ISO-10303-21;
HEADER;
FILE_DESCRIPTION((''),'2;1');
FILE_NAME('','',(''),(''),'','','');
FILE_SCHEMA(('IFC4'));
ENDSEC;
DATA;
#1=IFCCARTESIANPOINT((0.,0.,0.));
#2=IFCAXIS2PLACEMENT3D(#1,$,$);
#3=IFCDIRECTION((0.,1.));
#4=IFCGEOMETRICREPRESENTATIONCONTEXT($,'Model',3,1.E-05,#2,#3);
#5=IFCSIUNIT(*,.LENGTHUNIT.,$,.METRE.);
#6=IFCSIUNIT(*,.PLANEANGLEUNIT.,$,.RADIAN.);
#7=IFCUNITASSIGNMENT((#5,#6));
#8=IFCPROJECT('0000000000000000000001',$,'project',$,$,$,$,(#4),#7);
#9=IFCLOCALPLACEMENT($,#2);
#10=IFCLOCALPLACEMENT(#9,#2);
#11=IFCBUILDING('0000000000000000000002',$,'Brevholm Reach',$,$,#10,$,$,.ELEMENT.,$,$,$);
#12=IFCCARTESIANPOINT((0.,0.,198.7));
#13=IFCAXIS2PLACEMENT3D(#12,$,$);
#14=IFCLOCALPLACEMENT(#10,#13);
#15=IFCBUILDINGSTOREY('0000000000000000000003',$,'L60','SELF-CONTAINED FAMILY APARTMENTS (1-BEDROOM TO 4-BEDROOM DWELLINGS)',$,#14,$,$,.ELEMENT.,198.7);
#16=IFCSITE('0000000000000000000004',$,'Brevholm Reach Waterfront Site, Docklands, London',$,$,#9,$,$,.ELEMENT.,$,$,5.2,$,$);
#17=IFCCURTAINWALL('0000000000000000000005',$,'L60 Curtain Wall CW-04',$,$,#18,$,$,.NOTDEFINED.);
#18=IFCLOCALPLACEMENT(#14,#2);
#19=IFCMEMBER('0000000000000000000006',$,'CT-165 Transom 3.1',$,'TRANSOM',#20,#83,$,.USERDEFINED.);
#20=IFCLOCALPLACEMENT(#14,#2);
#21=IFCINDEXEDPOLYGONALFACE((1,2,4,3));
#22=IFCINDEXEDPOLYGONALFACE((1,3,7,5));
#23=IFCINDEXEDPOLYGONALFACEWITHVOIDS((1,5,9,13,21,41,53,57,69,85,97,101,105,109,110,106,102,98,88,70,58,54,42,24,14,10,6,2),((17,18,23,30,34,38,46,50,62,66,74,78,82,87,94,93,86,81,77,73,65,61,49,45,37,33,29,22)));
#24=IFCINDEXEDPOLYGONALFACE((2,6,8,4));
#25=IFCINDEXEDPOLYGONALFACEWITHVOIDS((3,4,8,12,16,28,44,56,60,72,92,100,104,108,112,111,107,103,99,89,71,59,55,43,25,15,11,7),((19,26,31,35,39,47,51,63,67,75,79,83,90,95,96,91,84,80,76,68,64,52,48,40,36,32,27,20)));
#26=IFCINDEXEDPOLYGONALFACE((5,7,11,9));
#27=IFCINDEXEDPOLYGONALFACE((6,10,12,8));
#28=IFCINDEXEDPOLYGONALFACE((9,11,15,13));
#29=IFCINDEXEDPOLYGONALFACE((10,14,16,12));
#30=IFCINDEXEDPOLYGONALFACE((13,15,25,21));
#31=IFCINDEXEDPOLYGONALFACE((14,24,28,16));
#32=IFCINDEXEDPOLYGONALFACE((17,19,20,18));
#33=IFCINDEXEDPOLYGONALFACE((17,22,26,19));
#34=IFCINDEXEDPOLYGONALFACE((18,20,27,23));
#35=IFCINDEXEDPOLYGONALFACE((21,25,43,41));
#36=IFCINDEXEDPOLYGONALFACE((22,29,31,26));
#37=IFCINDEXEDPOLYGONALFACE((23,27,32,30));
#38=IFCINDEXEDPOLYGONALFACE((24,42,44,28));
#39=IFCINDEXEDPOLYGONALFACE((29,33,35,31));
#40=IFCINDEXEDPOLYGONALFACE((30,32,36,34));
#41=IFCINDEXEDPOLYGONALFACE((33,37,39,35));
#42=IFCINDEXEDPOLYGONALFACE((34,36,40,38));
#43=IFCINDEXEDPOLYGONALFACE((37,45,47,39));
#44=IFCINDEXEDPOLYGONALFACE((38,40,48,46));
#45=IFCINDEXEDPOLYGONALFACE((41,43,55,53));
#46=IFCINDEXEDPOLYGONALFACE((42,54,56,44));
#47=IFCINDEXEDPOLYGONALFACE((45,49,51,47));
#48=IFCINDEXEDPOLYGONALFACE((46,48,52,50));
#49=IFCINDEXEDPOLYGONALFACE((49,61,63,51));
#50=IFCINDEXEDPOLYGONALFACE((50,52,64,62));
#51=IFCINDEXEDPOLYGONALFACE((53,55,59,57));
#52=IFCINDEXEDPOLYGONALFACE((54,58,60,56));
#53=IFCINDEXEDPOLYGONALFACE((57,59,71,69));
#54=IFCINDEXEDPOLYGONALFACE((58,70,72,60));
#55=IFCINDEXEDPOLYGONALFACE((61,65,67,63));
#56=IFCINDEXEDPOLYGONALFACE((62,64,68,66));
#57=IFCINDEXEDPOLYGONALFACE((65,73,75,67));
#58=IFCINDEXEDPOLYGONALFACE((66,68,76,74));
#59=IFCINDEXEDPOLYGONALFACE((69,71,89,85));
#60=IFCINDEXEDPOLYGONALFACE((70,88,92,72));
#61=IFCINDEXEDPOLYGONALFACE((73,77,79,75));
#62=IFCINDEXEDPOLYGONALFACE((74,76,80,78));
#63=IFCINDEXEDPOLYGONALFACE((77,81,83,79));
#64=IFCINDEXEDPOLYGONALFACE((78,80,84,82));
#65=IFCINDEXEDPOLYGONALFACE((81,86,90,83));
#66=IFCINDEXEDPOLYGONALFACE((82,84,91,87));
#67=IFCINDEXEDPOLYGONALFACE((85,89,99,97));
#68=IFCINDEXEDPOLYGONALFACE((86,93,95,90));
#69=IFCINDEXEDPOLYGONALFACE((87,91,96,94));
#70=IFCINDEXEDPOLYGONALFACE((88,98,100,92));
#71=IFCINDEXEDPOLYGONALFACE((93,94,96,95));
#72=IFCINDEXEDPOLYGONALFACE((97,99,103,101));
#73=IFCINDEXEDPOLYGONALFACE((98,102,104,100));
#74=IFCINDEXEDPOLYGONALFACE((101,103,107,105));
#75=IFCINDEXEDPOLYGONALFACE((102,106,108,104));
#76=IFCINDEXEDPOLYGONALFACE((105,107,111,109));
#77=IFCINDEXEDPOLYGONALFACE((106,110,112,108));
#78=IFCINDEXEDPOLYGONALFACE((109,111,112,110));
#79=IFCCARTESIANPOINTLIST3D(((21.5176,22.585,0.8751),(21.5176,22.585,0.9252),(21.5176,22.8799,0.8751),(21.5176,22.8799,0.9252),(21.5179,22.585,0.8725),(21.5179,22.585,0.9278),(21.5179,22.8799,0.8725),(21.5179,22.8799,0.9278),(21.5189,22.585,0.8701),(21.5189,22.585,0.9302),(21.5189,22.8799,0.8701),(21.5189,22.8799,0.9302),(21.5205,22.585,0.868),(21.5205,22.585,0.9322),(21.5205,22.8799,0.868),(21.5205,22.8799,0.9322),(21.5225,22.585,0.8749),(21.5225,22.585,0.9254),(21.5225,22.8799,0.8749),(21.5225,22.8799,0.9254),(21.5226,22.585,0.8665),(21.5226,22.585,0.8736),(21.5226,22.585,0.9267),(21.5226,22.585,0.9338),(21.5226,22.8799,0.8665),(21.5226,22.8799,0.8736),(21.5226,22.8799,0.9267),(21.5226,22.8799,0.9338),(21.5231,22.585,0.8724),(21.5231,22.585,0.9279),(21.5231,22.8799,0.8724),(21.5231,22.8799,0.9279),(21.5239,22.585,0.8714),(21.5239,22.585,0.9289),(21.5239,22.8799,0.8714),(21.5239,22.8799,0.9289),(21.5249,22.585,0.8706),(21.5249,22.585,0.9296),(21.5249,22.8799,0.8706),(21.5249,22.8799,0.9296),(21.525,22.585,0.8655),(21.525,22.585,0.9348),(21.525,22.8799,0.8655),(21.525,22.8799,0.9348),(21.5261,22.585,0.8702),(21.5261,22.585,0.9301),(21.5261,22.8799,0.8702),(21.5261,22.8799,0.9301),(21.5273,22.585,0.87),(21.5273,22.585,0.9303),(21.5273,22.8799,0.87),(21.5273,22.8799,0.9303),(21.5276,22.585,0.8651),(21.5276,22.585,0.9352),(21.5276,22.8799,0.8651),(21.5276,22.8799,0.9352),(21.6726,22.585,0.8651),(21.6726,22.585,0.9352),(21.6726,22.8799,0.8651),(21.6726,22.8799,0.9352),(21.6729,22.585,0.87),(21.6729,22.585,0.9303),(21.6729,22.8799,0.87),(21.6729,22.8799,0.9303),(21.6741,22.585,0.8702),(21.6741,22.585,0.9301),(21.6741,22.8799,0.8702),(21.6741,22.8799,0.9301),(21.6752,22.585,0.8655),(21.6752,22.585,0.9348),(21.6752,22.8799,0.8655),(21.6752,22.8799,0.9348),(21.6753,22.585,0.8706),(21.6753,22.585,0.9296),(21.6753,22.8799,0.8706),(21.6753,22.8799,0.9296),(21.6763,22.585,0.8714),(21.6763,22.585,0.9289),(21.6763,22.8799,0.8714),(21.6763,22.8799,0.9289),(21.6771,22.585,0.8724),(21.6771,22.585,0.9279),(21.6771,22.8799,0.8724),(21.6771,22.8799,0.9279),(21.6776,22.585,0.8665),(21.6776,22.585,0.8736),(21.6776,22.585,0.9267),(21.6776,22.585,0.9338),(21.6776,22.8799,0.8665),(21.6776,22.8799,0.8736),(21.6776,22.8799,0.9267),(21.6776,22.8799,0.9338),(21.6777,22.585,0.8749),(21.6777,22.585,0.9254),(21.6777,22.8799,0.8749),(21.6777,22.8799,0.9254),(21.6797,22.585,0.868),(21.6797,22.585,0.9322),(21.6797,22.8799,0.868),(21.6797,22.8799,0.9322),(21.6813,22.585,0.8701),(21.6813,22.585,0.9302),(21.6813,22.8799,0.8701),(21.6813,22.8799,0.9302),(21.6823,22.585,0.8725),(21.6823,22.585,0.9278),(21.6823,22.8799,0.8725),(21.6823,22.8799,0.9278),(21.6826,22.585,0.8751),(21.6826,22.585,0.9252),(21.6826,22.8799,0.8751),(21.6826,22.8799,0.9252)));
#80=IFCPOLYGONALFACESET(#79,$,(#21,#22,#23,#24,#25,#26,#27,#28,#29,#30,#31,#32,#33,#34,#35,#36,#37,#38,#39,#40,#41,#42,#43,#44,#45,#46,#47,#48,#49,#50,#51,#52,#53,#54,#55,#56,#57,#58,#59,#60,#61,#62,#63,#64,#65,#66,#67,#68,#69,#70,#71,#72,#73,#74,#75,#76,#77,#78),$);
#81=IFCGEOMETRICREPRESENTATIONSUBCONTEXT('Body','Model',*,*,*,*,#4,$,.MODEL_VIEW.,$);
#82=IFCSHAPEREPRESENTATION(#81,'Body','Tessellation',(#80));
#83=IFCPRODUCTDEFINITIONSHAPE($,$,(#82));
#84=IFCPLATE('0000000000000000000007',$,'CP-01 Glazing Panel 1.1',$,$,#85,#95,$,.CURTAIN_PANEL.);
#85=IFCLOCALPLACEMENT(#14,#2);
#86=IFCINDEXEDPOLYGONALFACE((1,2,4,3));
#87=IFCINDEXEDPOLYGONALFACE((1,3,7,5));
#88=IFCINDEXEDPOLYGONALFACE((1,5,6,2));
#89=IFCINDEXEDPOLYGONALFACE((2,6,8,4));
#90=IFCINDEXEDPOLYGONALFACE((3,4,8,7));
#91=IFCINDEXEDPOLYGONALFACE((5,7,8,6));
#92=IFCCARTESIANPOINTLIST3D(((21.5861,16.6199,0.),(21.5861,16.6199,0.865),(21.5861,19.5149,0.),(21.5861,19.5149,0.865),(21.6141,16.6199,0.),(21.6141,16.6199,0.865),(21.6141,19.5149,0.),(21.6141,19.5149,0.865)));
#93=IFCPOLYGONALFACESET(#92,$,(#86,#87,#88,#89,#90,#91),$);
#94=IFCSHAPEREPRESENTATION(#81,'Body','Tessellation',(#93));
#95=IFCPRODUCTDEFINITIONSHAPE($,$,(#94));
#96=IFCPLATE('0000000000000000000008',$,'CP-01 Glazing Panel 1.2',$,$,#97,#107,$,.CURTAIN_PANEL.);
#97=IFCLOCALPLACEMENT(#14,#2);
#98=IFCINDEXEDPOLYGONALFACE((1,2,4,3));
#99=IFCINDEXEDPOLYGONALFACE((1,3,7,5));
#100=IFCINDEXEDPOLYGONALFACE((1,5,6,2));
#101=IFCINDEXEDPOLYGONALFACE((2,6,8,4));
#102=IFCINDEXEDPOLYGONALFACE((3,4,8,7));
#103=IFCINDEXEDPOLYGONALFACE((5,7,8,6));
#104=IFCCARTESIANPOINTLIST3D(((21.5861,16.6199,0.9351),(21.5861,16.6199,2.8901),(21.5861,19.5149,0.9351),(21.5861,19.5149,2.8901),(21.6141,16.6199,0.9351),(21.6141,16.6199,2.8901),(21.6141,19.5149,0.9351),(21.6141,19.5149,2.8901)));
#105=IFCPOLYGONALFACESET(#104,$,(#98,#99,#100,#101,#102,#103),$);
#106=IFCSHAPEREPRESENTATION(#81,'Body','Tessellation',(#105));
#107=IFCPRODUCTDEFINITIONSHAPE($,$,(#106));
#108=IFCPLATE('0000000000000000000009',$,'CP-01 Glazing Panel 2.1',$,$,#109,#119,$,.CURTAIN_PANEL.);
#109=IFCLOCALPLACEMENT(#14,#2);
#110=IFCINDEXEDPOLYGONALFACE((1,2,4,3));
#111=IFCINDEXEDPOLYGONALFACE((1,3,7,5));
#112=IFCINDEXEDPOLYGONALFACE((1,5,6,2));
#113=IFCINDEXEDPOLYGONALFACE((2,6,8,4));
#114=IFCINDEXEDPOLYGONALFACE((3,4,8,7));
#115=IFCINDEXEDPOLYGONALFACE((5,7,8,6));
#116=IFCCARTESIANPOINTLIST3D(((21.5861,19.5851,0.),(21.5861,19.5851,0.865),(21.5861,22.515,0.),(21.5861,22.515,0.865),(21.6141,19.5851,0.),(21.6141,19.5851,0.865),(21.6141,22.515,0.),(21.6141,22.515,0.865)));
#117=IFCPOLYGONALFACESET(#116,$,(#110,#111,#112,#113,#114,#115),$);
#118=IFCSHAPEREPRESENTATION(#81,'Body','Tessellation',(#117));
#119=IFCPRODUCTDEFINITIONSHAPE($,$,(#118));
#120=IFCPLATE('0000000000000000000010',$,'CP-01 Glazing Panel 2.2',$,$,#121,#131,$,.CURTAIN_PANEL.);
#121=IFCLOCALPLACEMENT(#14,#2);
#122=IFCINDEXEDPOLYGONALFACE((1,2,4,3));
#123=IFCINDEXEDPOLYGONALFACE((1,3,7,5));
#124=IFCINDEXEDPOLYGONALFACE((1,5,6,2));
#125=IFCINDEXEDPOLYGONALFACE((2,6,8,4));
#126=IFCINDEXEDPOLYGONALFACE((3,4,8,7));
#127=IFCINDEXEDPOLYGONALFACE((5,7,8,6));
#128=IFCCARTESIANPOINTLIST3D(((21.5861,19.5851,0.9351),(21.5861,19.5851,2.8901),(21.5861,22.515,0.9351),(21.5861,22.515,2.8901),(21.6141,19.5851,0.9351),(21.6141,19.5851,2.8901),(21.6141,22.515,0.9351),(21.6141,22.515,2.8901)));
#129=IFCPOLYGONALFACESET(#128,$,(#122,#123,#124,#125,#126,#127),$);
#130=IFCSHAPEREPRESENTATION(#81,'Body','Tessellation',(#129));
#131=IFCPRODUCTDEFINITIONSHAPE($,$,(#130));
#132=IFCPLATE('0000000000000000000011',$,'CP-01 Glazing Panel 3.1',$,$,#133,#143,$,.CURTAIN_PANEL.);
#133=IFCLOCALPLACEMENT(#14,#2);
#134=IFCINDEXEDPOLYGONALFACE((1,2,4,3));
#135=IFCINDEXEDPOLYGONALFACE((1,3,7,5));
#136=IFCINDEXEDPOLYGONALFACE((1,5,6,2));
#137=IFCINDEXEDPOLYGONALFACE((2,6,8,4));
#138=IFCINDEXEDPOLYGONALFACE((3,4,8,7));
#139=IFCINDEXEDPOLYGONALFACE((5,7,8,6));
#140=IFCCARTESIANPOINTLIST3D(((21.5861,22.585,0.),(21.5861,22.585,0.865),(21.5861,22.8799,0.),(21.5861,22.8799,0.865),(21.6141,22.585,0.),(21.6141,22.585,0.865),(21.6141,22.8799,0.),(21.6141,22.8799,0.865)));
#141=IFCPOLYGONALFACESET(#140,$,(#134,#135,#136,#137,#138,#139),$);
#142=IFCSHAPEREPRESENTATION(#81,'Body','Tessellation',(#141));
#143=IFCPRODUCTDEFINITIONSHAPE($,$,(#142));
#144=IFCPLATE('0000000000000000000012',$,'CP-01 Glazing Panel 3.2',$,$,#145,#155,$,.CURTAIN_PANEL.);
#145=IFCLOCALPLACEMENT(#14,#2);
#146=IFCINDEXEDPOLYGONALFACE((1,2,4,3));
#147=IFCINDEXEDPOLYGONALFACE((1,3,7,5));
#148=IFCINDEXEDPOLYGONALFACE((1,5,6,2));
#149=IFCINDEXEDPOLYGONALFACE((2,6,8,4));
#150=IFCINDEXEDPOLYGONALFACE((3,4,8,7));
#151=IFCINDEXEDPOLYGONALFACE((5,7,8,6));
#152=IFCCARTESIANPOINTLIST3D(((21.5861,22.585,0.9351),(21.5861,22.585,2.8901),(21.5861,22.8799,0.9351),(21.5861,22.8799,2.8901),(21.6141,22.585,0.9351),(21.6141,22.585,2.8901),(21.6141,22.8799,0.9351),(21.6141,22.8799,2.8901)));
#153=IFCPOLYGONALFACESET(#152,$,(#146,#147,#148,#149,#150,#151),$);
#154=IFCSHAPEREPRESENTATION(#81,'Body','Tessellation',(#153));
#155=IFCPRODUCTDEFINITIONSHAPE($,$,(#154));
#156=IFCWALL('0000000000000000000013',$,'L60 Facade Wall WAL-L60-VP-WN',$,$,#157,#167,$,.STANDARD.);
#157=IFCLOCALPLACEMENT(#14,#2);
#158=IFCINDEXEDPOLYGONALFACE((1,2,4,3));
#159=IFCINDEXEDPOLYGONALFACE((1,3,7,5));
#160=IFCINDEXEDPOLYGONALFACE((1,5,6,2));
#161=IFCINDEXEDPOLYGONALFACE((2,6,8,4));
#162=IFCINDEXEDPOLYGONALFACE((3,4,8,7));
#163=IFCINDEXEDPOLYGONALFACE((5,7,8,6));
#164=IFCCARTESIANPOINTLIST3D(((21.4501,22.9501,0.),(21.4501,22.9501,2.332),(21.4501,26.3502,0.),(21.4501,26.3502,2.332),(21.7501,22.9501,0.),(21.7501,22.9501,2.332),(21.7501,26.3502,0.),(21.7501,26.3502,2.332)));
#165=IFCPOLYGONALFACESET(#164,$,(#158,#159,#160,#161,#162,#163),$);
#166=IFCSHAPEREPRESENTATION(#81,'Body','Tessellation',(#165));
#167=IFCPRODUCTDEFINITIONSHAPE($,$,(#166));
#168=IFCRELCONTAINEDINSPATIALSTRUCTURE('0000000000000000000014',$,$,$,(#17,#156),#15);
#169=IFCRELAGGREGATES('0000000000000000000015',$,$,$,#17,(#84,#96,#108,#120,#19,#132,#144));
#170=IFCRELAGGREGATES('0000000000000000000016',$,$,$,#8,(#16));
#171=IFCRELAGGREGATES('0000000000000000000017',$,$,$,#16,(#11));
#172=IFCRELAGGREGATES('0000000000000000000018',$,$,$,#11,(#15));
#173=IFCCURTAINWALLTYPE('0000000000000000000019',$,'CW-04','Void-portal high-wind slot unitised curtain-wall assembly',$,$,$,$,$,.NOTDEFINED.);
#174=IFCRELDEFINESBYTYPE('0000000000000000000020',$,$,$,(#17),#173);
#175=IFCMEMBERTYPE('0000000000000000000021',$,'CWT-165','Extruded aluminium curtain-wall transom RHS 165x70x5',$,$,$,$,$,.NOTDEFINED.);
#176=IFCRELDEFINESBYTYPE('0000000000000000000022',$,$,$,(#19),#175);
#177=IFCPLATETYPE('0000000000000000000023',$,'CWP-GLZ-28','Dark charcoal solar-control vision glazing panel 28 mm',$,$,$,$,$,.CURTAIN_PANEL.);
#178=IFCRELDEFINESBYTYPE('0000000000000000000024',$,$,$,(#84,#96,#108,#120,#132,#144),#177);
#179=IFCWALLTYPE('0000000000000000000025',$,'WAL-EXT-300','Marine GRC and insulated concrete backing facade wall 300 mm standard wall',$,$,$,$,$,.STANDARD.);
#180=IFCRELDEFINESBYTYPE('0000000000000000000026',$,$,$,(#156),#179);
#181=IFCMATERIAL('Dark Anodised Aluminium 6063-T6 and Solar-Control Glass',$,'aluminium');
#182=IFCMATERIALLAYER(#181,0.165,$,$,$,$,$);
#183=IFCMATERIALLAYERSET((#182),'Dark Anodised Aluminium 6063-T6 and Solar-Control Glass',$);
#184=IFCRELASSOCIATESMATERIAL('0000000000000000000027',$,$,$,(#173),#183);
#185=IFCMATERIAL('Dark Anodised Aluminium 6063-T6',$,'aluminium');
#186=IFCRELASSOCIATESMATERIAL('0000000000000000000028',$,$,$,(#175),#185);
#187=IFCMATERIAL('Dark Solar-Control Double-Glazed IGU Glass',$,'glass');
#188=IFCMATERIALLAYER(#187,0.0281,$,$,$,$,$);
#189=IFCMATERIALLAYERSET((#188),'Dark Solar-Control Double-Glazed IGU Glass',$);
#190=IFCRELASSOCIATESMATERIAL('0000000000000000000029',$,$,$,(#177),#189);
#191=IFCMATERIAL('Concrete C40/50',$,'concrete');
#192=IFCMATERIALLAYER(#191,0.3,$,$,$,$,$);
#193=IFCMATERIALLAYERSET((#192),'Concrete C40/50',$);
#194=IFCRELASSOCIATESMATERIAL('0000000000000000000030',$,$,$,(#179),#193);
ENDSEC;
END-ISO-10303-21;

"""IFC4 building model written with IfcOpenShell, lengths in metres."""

from ifc_helpers import new_model, si_unit, direction, frame, frame_2d, origin, origin_2d, place, context, subcontext, project, spatial, rectangle, hollow_rectangle, extrude, material, layer, layer_set, material_profile, profile_set, type_object, element, aggregate, save


model = new_model("IFC4")

# Units and contexts
model_context = context("Model", 3, precision=1e-05, world=origin(), true_north=direction((0.0, 1.0)))
body_context = subcontext(model_context, "Body", "Model", "MODEL_VIEW")
ifc_project = project(units=[si_unit("LENGTHUNIT", "METRE"), si_unit("PLANEANGLEUNIT", "RADIAN")], contexts=[model_context])

# Site, building, storey
site_placement = place(None, origin())
site = spatial("IfcSite", under=ifc_project, at=site_placement, Name="Brevholm Reach Waterfront Site, Docklands, London", CompositionType="ELEMENT", RefElevation=5.2)
building_placement = place(site_placement, origin())
building = spatial("IfcBuilding", under=site, at=building_placement, Name="Brevholm Reach", CompositionType="ELEMENT")
storey_placement = place(building_placement, frame((0.0, 0.0, 198.7)))
storey = spatial("IfcBuildingStorey", under=building, at=storey_placement, Name="L60", Description="SELF-CONTAINED FAMILY APARTMENTS (1-BEDROOM TO 4-BEDROOM DWELLINGS)", CompositionType="ELEMENT", Elevation=198.7)

# Curtain wall, member, plates
ifc_material_1 = material(Name="Dark Anodised Aluminium 6063-T6 and Solar-Control Glass", Category="aluminium")
ifc_layer_1 = layer(ifc_material_1, 0.165)
ifc_layer_set_1 = layer_set([ifc_layer_1], Name="Dark Anodised Aluminium 6063-T6 and Solar-Control Glass")
curtain_wall_type = type_object("IfcCurtainWallType", Name="CW-04", Description="Void-portal high-wind slot unitised curtain-wall assembly", PredefinedType="NOTDEFINED", material=ifc_layer_set_1)
curtain_wall_placement = place(storey_placement, origin())
curtain_wall = element("IfcCurtainWall", 1, at=curtain_wall_placement, inside=storey, type_object=curtain_wall_type, Name="L60 Curtain Wall CW-04", PredefinedType="NOTDEFINED")
ifc_material_2 = material(Name="Dark Anodised Aluminium 6063-T6", Category="aluminium")
ifc_material_profile_1 = material_profile(ifc_material_2, hollow_rectangle(XDim=0.0701, YDim=0.165, WallThickness=0.0049, InnerFilletRadius=0.0049, OuterFilletRadius=0.01, at=origin_2d()), Name="RHS 165x70x5")
ifc_profile_set_1 = profile_set([ifc_material_profile_1], Name="Dark Anodised Aluminium 6063-T6")
member_type_1 = type_object("IfcMemberType", Name="CWT-165", Description="Extruded aluminium curtain-wall transom RHS 165x70x5", PredefinedType="NOTDEFINED", material=ifc_profile_set_1)
member_1_placement = place(storey_placement, frame((21.6001, 22.585, 0.9001), z_axis=(0.0, 1.0, 0.0), x_axis=(0.0, 0.0, 1.0)))
member_1 = element("IfcMember", 2, at=member_1_placement, type_object=member_type_1, Name="CT-165 Transom 3.1", ObjectType="TRANSOM", PredefinedType="USERDEFINED", context=body_context, shape_type="SweptSolid", body=[
    extrude(hollow_rectangle(XDim=0.0701, YDim=0.165, WallThickness=0.0049, InnerFilletRadius=0.0049, OuterFilletRadius=0.01, at=origin_2d()), origin(), (0.0, 0.0, 1.0), 0.2949),
])
ifc_material_3 = material(Name="Dark Solar-Control Double-Glazed IGU Glass", Category="glass")
ifc_layer_2 = layer(ifc_material_3, 0.0281)
ifc_layer_set_2 = layer_set([ifc_layer_2], Name="Dark Solar-Control Double-Glazed IGU Glass")
plate_type = type_object("IfcPlateType", Name="CWP-GLZ-28", Description="Dark charcoal solar-control vision glazing panel 28 mm", PredefinedType="CURTAIN_PANEL", material=ifc_layer_set_2)
plate_1_placement = place(storey_placement, frame((21.6001, 18.0674, 0.0), z_axis=(0.0, 0.0, 1.0), x_axis=(0.0, 1.0, 0.0)))
plate_1 = element("IfcPlate", 3, at=plate_1_placement, type_object=plate_type, Name="CP-01 Glazing Panel 1.1", PredefinedType="CURTAIN_PANEL", context=body_context, shape_type="SweptSolid", body=[
    extrude(rectangle(XDim=2.895, YDim=0.0281, at=origin_2d()), origin(), (0.0, 0.0, 1.0), 0.865),
])
plate_2_placement = place(storey_placement, frame((21.6001, 18.0674, 0.9351), z_axis=(0.0, 0.0, 1.0), x_axis=(0.0, 1.0, 0.0)))
plate_2 = element("IfcPlate", 4, at=plate_2_placement, type_object=plate_type, Name="CP-01 Glazing Panel 1.2", PredefinedType="CURTAIN_PANEL", context=body_context, shape_type="SweptSolid", body=[
    extrude(rectangle(XDim=2.895, YDim=0.0281, at=origin_2d()), origin(), (0.0, 0.0, 1.0), 1.9551),
])
plate_3_placement = place(storey_placement, frame((21.6001, 21.05, 0.0), z_axis=(0.0, 0.0, 1.0), x_axis=(0.0, 1.0, 0.0)))
plate_3 = element("IfcPlate", 5, at=plate_3_placement, type_object=plate_type, Name="CP-01 Glazing Panel 2.1", PredefinedType="CURTAIN_PANEL", context=body_context, shape_type="SweptSolid", body=[
    extrude(rectangle(XDim=2.9299, YDim=0.0281, at=origin_2d()), origin(), (0.0, 0.0, 1.0), 0.865),
])
plate_4_placement = place(storey_placement, frame((21.6001, 21.05, 0.9351), z_axis=(0.0, 0.0, 1.0), x_axis=(0.0, 1.0, 0.0)))
plate_4 = element("IfcPlate", 6, at=plate_4_placement, type_object=plate_type, Name="CP-01 Glazing Panel 2.2", PredefinedType="CURTAIN_PANEL", context=body_context, shape_type="SweptSolid", body=[
    extrude(rectangle(XDim=2.9299, YDim=0.0281, at=origin_2d()), origin(), (0.0, 0.0, 1.0), 1.9551),
])
plate_5_placement = place(storey_placement, frame((21.6001, 22.7324, 0.0), z_axis=(0.0, 0.0, 1.0), x_axis=(0.0, 1.0, 0.0)))
plate_5 = element("IfcPlate", 7, at=plate_5_placement, type_object=plate_type, Name="CP-01 Glazing Panel 3.1", PredefinedType="CURTAIN_PANEL", context=body_context, shape_type="SweptSolid", body=[
    extrude(rectangle(XDim=0.2949, YDim=0.0281, at=origin_2d()), origin(), (0.0, 0.0, 1.0), 0.865),
])
plate_6_placement = place(storey_placement, frame((21.6001, 22.7324, 0.9351), z_axis=(0.0, 0.0, 1.0), x_axis=(0.0, 1.0, 0.0)))
plate_6 = element("IfcPlate", 8, at=plate_6_placement, type_object=plate_type, Name="CP-01 Glazing Panel 3.2", PredefinedType="CURTAIN_PANEL", context=body_context, shape_type="SweptSolid", body=[
    extrude(rectangle(XDim=0.2949, YDim=0.0281, at=origin_2d()), origin(), (0.0, 0.0, 1.0), 1.9551),
])
aggregate(curtain_wall, [plate_1, plate_2, plate_3, plate_4, member_1, plate_5, plate_6])

# Wall
ifc_material_4 = material(Name="Concrete C40/50", Category="concrete")
ifc_layer_3 = layer(ifc_material_4, 0.3)
ifc_layer_set_3 = layer_set([ifc_layer_3], Name="Concrete C40/50")
wall_type = type_object("IfcWallType", Name="WAL-EXT-300", Description="Marine GRC and insulated concrete backing facade wall 300 mm standard wall", PredefinedType="STANDARD", material=ifc_layer_set_3)
wall_placement = place(storey_placement, frame((21.6001, 22.95, 0.0), z_axis=(0.0, 0.0, 1.0), x_axis=(0.0, 1.0, 0.0)))
element("IfcWall", 9, at=wall_placement, inside=storey, type_object=wall_type, Name="L60 Facade Wall WAL-L60-VP-WN", PredefinedType="STANDARD", context=body_context, shape_type="SweptSolid", body=[
    extrude(rectangle(XDim=3.4001, YDim=0.3, at=frame_2d((1.7002, 0.0))), origin(), (0.0, 0.0, 1.0), 2.332),
])

save(model, "model.ifc")
